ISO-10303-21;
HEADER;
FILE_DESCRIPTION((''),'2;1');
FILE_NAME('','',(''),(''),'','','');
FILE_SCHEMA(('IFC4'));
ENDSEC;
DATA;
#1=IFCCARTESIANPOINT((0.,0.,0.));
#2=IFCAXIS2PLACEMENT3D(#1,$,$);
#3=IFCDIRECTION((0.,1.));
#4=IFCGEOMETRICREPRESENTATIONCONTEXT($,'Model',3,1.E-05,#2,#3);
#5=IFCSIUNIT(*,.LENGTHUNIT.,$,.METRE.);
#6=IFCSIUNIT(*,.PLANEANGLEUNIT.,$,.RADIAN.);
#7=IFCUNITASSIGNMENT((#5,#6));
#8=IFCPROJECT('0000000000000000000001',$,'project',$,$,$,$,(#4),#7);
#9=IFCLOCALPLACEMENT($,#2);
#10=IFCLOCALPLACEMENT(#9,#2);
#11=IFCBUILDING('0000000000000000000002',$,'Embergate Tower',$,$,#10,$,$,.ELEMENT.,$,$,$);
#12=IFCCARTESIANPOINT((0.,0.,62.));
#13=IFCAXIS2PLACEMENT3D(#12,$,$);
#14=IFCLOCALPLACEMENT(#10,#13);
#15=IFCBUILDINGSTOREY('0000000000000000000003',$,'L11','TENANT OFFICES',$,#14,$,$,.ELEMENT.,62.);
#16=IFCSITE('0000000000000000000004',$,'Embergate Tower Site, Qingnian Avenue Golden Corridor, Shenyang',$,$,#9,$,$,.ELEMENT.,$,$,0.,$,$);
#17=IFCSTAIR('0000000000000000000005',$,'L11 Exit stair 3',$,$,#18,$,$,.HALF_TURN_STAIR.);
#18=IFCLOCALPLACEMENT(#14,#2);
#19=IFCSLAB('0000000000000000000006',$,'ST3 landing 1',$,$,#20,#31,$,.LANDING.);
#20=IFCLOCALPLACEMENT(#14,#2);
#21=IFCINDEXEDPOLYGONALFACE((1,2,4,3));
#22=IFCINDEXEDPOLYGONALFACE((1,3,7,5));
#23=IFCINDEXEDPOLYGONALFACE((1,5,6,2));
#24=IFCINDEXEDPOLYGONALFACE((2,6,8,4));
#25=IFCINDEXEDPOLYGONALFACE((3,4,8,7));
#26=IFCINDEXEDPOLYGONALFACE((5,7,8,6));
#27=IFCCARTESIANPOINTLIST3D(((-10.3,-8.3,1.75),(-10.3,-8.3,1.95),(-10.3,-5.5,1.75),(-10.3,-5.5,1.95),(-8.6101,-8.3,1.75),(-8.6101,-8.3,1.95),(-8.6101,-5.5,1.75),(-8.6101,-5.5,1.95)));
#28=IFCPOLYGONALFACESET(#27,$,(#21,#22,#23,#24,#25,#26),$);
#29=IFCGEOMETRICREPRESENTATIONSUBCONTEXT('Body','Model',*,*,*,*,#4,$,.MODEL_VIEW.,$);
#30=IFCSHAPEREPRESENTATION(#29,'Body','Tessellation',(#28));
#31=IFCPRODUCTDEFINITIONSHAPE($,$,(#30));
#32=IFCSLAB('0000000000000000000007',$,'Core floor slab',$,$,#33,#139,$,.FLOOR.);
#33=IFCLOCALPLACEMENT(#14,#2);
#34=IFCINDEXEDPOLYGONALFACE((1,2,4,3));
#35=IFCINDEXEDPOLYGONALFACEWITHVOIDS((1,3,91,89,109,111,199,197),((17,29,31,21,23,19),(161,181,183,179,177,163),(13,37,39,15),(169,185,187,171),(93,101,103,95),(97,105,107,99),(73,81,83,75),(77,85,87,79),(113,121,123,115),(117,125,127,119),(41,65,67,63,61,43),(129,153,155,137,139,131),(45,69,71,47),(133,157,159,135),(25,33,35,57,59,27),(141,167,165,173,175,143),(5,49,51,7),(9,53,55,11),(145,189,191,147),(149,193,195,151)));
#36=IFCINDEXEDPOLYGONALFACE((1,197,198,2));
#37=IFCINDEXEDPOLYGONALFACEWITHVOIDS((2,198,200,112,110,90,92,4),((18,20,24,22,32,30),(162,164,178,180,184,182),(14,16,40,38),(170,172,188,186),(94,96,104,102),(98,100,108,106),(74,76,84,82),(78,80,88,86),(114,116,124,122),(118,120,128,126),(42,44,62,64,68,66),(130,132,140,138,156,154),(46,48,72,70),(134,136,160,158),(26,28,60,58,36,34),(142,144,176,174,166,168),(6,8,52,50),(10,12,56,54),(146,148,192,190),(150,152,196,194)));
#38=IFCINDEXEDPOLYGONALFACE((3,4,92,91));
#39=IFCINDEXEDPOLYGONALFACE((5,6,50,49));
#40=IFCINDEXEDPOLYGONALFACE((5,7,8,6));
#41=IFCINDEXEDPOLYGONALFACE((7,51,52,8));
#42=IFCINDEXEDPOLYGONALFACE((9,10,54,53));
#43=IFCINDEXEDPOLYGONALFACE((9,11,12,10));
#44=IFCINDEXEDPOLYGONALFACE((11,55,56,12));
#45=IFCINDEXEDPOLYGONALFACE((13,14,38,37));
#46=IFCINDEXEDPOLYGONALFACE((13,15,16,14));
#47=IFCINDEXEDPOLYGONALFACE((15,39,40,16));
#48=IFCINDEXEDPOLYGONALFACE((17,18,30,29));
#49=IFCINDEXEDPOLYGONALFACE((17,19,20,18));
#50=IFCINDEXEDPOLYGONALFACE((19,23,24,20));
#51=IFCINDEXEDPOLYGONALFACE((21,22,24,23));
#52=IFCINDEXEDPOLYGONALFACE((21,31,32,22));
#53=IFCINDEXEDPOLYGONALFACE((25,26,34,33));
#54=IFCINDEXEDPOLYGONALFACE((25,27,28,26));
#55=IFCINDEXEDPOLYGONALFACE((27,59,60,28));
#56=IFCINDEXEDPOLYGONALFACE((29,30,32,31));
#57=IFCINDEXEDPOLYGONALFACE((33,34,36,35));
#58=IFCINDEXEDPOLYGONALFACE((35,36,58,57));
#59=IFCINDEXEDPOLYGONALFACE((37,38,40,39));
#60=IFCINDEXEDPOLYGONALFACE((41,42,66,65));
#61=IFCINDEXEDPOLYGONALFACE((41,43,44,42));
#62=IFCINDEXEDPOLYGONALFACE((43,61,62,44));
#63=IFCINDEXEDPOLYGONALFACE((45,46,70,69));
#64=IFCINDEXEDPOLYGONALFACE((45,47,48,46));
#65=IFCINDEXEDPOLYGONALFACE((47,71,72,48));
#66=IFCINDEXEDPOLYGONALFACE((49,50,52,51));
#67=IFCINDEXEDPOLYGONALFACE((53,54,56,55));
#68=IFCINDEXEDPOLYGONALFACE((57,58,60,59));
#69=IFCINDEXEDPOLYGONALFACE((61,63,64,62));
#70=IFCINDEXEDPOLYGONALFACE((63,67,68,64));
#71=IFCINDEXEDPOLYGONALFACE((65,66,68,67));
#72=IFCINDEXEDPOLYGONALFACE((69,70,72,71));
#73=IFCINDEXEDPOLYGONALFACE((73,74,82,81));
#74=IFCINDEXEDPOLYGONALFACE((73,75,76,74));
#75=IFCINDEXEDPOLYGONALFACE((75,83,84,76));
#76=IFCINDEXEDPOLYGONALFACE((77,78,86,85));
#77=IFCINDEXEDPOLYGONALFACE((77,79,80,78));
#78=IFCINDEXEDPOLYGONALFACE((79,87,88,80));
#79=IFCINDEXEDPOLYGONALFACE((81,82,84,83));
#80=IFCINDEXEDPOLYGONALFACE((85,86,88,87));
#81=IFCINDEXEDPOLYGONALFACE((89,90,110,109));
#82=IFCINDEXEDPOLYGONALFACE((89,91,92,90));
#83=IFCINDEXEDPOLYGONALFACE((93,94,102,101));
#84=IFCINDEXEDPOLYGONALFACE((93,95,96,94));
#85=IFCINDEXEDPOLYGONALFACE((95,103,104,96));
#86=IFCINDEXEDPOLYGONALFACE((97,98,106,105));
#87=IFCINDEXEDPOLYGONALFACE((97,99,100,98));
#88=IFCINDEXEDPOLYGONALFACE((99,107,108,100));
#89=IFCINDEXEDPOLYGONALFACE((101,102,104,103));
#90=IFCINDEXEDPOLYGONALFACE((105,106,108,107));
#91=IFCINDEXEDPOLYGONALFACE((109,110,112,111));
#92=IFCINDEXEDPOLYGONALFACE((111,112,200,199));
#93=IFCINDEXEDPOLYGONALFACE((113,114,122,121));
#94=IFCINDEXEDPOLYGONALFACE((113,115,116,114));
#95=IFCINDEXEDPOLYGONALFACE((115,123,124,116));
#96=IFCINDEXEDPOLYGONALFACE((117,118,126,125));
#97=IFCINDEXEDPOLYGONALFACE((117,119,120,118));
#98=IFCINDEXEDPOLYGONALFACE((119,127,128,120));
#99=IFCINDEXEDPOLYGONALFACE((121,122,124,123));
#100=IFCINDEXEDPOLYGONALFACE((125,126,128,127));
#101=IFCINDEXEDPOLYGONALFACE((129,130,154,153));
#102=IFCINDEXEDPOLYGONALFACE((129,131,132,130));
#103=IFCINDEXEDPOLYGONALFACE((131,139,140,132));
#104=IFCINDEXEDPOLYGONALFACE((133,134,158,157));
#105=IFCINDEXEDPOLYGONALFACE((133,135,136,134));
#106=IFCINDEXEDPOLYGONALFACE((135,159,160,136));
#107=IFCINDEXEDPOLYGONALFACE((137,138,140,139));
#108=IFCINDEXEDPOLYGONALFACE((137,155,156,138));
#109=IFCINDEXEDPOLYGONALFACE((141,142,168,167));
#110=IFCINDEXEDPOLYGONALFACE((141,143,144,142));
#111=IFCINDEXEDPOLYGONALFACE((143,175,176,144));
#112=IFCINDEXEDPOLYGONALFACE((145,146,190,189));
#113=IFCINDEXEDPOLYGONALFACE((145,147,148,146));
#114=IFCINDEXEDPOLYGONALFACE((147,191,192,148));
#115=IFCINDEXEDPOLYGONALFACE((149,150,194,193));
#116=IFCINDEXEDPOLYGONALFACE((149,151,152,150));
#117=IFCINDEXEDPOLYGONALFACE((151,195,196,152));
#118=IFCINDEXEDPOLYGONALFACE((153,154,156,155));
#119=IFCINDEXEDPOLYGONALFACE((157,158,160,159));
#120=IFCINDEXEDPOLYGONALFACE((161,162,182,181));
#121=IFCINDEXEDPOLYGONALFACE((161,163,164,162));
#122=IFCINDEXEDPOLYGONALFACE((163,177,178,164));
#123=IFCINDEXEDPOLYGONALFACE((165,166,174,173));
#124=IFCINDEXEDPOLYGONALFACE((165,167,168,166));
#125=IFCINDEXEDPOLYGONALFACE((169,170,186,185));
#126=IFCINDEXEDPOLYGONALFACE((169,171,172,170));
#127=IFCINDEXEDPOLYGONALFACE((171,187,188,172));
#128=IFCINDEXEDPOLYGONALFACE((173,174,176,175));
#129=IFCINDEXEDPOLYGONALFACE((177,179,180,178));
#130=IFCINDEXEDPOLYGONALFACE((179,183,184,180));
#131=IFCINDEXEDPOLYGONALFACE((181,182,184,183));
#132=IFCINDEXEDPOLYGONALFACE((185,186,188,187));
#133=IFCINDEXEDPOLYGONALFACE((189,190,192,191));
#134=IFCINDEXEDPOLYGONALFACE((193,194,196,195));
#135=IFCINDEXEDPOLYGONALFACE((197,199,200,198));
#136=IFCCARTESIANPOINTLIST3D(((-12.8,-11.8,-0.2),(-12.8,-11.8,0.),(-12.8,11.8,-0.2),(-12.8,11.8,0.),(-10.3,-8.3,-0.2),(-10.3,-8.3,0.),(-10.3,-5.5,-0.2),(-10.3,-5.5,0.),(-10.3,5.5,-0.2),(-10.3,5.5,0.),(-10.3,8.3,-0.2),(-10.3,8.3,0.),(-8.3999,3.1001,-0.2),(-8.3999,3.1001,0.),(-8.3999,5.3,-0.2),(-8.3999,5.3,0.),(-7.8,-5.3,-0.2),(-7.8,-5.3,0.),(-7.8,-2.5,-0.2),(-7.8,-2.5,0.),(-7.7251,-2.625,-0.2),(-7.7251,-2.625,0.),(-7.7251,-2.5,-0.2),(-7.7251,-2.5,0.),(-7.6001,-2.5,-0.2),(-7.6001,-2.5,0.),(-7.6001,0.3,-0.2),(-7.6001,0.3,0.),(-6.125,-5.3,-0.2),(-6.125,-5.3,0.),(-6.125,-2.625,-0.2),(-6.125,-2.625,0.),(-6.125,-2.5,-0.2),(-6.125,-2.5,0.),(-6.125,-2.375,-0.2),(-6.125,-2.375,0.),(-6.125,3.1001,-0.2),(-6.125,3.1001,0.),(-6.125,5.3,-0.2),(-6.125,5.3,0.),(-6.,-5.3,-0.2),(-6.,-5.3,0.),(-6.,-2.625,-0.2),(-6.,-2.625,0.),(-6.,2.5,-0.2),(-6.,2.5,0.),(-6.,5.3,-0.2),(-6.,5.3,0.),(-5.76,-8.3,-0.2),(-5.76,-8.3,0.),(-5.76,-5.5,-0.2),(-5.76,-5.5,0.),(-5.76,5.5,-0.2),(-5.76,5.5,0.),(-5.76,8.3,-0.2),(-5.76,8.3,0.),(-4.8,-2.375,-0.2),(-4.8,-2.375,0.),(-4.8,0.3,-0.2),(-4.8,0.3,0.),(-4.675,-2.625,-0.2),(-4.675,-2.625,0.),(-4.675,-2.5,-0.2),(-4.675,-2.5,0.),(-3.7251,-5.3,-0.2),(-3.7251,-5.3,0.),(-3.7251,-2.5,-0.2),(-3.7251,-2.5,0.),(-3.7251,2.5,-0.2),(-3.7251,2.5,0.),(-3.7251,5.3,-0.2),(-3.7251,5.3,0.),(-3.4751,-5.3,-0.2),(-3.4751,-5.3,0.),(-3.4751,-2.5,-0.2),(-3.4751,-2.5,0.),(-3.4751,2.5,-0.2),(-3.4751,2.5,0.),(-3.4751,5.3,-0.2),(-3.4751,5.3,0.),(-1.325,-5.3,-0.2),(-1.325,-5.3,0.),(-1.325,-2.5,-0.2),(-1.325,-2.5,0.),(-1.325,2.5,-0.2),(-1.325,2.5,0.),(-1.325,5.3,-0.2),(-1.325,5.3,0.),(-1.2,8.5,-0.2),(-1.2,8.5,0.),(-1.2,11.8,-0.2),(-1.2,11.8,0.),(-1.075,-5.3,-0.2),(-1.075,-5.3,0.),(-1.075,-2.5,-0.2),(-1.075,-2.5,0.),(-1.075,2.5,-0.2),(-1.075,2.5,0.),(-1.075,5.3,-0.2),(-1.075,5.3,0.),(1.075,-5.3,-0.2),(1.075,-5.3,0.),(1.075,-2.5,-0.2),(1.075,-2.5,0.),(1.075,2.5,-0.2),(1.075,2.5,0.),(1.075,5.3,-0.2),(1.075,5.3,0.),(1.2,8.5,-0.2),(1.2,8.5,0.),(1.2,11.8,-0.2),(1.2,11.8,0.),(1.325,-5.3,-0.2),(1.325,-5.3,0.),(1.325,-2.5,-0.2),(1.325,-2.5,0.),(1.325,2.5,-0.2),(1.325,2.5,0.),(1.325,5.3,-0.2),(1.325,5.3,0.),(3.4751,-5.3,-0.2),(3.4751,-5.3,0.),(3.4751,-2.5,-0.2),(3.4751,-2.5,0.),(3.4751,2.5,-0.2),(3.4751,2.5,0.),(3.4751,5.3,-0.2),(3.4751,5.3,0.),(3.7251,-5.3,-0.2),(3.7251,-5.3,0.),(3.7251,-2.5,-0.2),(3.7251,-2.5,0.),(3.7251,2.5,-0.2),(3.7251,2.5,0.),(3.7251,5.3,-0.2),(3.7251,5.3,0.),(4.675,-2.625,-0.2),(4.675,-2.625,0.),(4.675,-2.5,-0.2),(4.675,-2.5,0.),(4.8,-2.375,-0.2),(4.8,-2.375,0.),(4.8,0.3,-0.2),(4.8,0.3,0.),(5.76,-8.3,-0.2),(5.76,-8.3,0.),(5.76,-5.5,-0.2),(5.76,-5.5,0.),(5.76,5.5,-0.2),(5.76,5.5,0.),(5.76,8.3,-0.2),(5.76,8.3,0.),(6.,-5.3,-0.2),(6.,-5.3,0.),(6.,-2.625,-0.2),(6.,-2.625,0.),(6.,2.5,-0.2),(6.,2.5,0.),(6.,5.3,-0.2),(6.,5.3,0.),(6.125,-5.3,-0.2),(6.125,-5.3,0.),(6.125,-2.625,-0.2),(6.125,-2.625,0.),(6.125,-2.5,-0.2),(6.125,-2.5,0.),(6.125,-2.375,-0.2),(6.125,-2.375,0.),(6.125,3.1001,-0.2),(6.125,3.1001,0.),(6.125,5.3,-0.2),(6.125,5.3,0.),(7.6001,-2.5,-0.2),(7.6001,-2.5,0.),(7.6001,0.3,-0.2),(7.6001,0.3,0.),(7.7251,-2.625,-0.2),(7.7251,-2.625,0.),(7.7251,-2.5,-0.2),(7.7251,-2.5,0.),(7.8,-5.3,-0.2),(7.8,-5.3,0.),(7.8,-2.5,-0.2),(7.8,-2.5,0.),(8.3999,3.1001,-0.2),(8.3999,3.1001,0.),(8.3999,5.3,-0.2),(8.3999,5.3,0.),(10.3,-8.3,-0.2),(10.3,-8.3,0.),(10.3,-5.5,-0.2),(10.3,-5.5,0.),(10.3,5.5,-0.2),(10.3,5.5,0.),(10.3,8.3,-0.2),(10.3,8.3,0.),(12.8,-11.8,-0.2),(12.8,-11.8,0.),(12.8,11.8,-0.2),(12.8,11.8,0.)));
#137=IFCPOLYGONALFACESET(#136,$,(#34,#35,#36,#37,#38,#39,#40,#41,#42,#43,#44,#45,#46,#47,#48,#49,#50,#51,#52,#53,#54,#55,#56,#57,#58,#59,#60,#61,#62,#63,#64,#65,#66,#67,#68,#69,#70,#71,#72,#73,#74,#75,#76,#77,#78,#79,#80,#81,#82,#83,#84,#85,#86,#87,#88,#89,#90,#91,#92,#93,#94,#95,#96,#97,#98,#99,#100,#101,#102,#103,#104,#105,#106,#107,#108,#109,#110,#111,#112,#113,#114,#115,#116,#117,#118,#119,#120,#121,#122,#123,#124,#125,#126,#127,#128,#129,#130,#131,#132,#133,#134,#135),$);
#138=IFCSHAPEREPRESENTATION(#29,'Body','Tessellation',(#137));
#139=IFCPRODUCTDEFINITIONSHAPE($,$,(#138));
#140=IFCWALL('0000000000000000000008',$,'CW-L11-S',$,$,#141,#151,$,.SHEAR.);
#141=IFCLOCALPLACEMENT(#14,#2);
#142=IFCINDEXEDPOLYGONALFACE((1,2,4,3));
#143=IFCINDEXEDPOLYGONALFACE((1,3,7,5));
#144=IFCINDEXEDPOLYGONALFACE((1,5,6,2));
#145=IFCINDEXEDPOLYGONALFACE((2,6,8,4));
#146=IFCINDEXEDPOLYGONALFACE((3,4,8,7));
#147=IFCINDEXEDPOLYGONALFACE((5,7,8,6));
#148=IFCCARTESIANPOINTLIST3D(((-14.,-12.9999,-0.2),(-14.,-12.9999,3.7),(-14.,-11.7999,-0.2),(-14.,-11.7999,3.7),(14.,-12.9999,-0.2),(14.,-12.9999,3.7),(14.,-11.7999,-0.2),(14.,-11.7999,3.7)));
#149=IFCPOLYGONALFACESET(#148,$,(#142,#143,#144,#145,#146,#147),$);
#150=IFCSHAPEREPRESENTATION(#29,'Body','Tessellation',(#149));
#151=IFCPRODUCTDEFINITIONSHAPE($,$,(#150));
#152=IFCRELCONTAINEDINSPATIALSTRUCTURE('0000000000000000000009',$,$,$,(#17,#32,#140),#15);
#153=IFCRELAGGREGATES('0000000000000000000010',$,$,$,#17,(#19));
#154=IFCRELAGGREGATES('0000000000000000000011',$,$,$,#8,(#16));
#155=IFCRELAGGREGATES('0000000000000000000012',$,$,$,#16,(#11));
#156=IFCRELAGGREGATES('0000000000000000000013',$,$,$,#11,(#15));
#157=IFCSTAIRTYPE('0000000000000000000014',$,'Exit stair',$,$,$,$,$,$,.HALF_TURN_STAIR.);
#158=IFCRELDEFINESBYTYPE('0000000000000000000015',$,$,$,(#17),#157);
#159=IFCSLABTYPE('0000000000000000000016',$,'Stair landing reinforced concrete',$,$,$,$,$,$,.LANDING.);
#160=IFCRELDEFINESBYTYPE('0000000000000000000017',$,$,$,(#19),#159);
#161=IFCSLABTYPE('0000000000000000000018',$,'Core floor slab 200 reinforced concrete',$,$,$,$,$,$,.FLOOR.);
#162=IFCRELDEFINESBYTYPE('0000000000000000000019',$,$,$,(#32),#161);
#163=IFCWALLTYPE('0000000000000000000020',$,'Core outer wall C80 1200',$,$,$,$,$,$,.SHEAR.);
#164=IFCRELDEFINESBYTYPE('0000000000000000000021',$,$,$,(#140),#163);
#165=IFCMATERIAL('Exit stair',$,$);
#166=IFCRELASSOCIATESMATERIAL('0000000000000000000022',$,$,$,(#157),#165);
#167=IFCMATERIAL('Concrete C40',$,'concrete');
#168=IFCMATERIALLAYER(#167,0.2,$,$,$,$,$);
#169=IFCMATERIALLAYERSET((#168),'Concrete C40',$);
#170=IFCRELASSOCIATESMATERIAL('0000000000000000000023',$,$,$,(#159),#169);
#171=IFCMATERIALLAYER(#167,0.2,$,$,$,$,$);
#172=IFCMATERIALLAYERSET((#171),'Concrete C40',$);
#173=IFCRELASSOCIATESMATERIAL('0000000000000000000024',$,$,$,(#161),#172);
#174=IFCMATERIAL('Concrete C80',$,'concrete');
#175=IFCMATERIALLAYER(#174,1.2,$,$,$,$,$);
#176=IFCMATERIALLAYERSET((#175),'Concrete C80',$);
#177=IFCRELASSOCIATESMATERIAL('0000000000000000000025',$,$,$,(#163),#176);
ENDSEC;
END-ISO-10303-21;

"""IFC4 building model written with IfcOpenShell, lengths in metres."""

from ifc_helpers import new_model, si_unit, direction, frame, frame_2d, origin, place, context, subcontext, project, spatial, polyline, rectangle, outline, extrude, source, transform, mapped, material, layer, layer_set, type_object, element, aggregate, save


model = new_model("IFC4")

# Units and contexts
model_context = context("Model", 3, precision=1e-05, world=origin(), true_north=direction((0.0, 1.0)))
body_context = subcontext(model_context, "Body", "Model", "MODEL_VIEW")
ifc_project = project(units=[si_unit("LENGTHUNIT", "METRE"), si_unit("PLANEANGLEUNIT", "RADIAN")], contexts=[model_context])

# Site, building, storey
site_placement = place(None, origin())
site = spatial("IfcSite", under=ifc_project, at=site_placement, Name="Embergate Tower Site, Qingnian Avenue Golden Corridor, Shenyang", CompositionType="ELEMENT", RefElevation=0.0)
building_placement = place(site_placement, origin())
building = spatial("IfcBuilding", under=site, at=building_placement, Name="Embergate Tower", CompositionType="ELEMENT")
storey_placement = place(building_placement, frame((0.0, 0.0, 62.0)))
storey = spatial("IfcBuildingStorey", under=building, at=storey_placement, Name="L11", Description="TENANT OFFICES", CompositionType="ELEMENT", Elevation=62.0)

# Stair, slab
ifc_material_1 = material(Name="Exit stair")
stair_type = type_object("IfcStairType", Name="Exit stair", PredefinedType="HALF_TURN_STAIR", material=ifc_material_1)
stair_placement = place(storey_placement, origin())
stair = element("IfcStair", 1, at=stair_placement, inside=storey, type_object=stair_type, Name="L11 Exit stair 3", PredefinedType="HALF_TURN_STAIR")
ifc_material_2 = material(Name="Concrete C40", Category="concrete")
ifc_layer_1 = layer(ifc_material_2, 0.2)
ifc_layer_set_1 = layer_set([ifc_layer_1], Name="Concrete C40")
slab_type_1 = type_object("IfcSlabType", Name="Stair landing reinforced concrete", PredefinedType="LANDING", material=ifc_layer_set_1)
shared_shape_1 = source(origin(), body_context, "Body", "SweptSolid", [
    extrude(outline(polyline([(0.0, 0.0), (1.6899, 0.0), (1.6899, 2.8), (0.0, 2.8), (0.0, 0.0)])), origin(), (0.0, 0.0, 1.0), 0.2),
])
slab_1_placement = place(storey_placement, frame((-10.3, -8.3, 1.75)))
slab_1 = element("IfcSlab", 2, at=slab_1_placement, type_object=slab_type_1, Name="ST3 landing 1", PredefinedType="LANDING", context=body_context, shape_type="MappedRepresentation", body=[
    mapped(shared_shape_1, transform((0.0, 0.0, 0.0))),
])
aggregate(stair, [slab_1])

# Slab
ifc_layer_2 = layer(ifc_material_2, 0.2)
ifc_layer_set_2 = layer_set([ifc_layer_2], Name="Concrete C40")
slab_type_2 = type_object("IfcSlabType", Name="Core floor slab 200 reinforced concrete", PredefinedType="FLOOR", material=ifc_layer_set_2)
shared_shape_2 = source(origin(), body_context, "Body", "SweptSolid", [
    extrude(outline(polyline([(0.0, 0.0), (25.6001, 0.0), (25.6001, 23.6001), (14.0, 23.6001), (14.0, 20.3), (11.6001, 20.3), (11.6001, 23.6001), (0.0, 23.6001), (0.0, 0.0)]), holes=[polyline([(2.5, 3.5), (2.5, 6.3), (7.04, 6.3), (7.04, 3.5), (2.5, 3.5)]), polyline([(18.5601, 3.5), (18.5601, 6.3), (23.1001, 6.3), (23.1001, 3.5), (18.5601, 3.5)]), polyline([(5.0, 6.5), (5.0, 9.3), (5.075, 9.3), (5.075, 9.175), (6.675, 9.175), (6.675, 6.5), (5.0, 6.5)]), polyline([(6.8, 6.5), (6.8, 9.175), (8.125, 9.175), (8.125, 9.3), (9.075, 9.3), (9.075, 6.5), (6.8, 6.5)]), polyline([(9.325, 6.5), (9.325, 9.3), (11.4751, 9.3), (11.4751, 6.5), (9.325, 6.5)]), polyline([(11.7251, 6.5), (11.7251, 9.3), (13.875, 9.3), (13.875, 6.5), (11.7251, 6.5)]), polyline([(14.125, 6.5), (14.125, 9.3), (16.2751, 9.3), (16.2751, 6.5), (14.125, 6.5)]), polyline([(16.5251, 6.5), (16.5251, 9.3), (17.4751, 9.3), (17.4751, 9.175), (18.8, 9.175), (18.8, 6.5), (16.5251, 6.5)]), polyline([(18.925, 6.5), (18.925, 9.175), (20.5251, 9.175), (20.5251, 9.3), (20.6001, 9.3), (20.6001, 6.5), (18.925, 6.5)]), polyline([(5.2, 9.3), (5.2, 12.1001), (8.0, 12.1001), (8.0, 9.425), (6.675, 9.425), (6.675, 9.3), (5.2, 9.3)]), polyline([(18.925, 9.3), (18.925, 9.425), (17.6001, 9.425), (17.6001, 12.1001), (20.4001, 12.1001), (20.4001, 9.3), (18.925, 9.3)]), polyline([(6.8, 14.3), (6.8, 17.1001), (9.075, 17.1001), (9.075, 14.3), (6.8, 14.3)]), polyline([(9.325, 14.3), (9.325, 17.1001), (11.4751, 17.1001), (11.4751, 14.3), (9.325, 14.3)]), polyline([(11.7251, 14.3), (11.7251, 17.1001), (13.875, 17.1001), (13.875, 14.3), (11.7251, 14.3)]), polyline([(14.125, 14.3), (14.125, 17.1001), (16.2751, 17.1001), (16.2751, 14.3), (14.125, 14.3)]), polyline([(16.5251, 14.3), (16.5251, 17.1001), (18.8, 17.1001), (18.8, 14.3), (16.5251, 14.3)]), polyline([(4.4001, 14.9001), (4.4001, 17.1001), (6.675, 17.1001), (6.675, 14.9001), (4.4001, 14.9001)]), polyline([(18.925, 14.9001), (18.925, 17.1001), (21.2, 17.1001), (21.2, 14.9001), (18.925, 14.9001)]), polyline([(2.5, 17.3), (2.5, 20.1001), (7.04, 20.1001), (7.04, 17.3), (2.5, 17.3)]), polyline([(18.5601, 17.3), (18.5601, 20.1001), (23.1001, 20.1001), (23.1001, 17.3), (18.5601, 17.3)])]), origin(), (0.0, 0.0, 1.0), 0.2),
])
slab_2_placement = place(storey_placement, frame((-12.8, -11.8, -0.2)))
element("IfcSlab", 3, at=slab_2_placement, inside=storey, type_object=slab_type_2, Name="Core floor slab", PredefinedType="FLOOR", context=body_context, shape_type="MappedRepresentation", body=[
    mapped(shared_shape_2, transform((0.0, 0.0, 0.0))),
])

# Wall
ifc_material_3 = material(Name="Concrete C80", Category="concrete")
ifc_layer_3 = layer(ifc_material_3, 1.2)
ifc_layer_set_3 = layer_set([ifc_layer_3], Name="Concrete C80")
wall_type_1 = type_object("IfcWallType", Name="Core outer wall C80 1200", PredefinedType="SHEAR", material=ifc_layer_set_3)
shared_shape_3 = source(origin(), body_context, "Body", "SweptSolid", [
    extrude(rectangle(XDim=28.0, YDim=1.2, at=frame_2d((14.0, 0.0))), origin(), (0.0, 0.0, 1.0), 3.8999),
])
wall_1_placement = place(storey_placement, frame((-14.0, -12.3999, -0.2), z_axis=(0.0, 0.0, 1.0), x_axis=(1.0, 0.0, 0.0)))
element("IfcWall", 4, at=wall_1_placement, inside=storey, type_object=wall_type_1, Name="CW-L11-S", PredefinedType="SHEAR", context=body_context, shape_type="MappedRepresentation", body=[
    mapped(shared_shape_3, transform((0.0, 0.0, 0.0))),
])

save(model, "model.ifc")
